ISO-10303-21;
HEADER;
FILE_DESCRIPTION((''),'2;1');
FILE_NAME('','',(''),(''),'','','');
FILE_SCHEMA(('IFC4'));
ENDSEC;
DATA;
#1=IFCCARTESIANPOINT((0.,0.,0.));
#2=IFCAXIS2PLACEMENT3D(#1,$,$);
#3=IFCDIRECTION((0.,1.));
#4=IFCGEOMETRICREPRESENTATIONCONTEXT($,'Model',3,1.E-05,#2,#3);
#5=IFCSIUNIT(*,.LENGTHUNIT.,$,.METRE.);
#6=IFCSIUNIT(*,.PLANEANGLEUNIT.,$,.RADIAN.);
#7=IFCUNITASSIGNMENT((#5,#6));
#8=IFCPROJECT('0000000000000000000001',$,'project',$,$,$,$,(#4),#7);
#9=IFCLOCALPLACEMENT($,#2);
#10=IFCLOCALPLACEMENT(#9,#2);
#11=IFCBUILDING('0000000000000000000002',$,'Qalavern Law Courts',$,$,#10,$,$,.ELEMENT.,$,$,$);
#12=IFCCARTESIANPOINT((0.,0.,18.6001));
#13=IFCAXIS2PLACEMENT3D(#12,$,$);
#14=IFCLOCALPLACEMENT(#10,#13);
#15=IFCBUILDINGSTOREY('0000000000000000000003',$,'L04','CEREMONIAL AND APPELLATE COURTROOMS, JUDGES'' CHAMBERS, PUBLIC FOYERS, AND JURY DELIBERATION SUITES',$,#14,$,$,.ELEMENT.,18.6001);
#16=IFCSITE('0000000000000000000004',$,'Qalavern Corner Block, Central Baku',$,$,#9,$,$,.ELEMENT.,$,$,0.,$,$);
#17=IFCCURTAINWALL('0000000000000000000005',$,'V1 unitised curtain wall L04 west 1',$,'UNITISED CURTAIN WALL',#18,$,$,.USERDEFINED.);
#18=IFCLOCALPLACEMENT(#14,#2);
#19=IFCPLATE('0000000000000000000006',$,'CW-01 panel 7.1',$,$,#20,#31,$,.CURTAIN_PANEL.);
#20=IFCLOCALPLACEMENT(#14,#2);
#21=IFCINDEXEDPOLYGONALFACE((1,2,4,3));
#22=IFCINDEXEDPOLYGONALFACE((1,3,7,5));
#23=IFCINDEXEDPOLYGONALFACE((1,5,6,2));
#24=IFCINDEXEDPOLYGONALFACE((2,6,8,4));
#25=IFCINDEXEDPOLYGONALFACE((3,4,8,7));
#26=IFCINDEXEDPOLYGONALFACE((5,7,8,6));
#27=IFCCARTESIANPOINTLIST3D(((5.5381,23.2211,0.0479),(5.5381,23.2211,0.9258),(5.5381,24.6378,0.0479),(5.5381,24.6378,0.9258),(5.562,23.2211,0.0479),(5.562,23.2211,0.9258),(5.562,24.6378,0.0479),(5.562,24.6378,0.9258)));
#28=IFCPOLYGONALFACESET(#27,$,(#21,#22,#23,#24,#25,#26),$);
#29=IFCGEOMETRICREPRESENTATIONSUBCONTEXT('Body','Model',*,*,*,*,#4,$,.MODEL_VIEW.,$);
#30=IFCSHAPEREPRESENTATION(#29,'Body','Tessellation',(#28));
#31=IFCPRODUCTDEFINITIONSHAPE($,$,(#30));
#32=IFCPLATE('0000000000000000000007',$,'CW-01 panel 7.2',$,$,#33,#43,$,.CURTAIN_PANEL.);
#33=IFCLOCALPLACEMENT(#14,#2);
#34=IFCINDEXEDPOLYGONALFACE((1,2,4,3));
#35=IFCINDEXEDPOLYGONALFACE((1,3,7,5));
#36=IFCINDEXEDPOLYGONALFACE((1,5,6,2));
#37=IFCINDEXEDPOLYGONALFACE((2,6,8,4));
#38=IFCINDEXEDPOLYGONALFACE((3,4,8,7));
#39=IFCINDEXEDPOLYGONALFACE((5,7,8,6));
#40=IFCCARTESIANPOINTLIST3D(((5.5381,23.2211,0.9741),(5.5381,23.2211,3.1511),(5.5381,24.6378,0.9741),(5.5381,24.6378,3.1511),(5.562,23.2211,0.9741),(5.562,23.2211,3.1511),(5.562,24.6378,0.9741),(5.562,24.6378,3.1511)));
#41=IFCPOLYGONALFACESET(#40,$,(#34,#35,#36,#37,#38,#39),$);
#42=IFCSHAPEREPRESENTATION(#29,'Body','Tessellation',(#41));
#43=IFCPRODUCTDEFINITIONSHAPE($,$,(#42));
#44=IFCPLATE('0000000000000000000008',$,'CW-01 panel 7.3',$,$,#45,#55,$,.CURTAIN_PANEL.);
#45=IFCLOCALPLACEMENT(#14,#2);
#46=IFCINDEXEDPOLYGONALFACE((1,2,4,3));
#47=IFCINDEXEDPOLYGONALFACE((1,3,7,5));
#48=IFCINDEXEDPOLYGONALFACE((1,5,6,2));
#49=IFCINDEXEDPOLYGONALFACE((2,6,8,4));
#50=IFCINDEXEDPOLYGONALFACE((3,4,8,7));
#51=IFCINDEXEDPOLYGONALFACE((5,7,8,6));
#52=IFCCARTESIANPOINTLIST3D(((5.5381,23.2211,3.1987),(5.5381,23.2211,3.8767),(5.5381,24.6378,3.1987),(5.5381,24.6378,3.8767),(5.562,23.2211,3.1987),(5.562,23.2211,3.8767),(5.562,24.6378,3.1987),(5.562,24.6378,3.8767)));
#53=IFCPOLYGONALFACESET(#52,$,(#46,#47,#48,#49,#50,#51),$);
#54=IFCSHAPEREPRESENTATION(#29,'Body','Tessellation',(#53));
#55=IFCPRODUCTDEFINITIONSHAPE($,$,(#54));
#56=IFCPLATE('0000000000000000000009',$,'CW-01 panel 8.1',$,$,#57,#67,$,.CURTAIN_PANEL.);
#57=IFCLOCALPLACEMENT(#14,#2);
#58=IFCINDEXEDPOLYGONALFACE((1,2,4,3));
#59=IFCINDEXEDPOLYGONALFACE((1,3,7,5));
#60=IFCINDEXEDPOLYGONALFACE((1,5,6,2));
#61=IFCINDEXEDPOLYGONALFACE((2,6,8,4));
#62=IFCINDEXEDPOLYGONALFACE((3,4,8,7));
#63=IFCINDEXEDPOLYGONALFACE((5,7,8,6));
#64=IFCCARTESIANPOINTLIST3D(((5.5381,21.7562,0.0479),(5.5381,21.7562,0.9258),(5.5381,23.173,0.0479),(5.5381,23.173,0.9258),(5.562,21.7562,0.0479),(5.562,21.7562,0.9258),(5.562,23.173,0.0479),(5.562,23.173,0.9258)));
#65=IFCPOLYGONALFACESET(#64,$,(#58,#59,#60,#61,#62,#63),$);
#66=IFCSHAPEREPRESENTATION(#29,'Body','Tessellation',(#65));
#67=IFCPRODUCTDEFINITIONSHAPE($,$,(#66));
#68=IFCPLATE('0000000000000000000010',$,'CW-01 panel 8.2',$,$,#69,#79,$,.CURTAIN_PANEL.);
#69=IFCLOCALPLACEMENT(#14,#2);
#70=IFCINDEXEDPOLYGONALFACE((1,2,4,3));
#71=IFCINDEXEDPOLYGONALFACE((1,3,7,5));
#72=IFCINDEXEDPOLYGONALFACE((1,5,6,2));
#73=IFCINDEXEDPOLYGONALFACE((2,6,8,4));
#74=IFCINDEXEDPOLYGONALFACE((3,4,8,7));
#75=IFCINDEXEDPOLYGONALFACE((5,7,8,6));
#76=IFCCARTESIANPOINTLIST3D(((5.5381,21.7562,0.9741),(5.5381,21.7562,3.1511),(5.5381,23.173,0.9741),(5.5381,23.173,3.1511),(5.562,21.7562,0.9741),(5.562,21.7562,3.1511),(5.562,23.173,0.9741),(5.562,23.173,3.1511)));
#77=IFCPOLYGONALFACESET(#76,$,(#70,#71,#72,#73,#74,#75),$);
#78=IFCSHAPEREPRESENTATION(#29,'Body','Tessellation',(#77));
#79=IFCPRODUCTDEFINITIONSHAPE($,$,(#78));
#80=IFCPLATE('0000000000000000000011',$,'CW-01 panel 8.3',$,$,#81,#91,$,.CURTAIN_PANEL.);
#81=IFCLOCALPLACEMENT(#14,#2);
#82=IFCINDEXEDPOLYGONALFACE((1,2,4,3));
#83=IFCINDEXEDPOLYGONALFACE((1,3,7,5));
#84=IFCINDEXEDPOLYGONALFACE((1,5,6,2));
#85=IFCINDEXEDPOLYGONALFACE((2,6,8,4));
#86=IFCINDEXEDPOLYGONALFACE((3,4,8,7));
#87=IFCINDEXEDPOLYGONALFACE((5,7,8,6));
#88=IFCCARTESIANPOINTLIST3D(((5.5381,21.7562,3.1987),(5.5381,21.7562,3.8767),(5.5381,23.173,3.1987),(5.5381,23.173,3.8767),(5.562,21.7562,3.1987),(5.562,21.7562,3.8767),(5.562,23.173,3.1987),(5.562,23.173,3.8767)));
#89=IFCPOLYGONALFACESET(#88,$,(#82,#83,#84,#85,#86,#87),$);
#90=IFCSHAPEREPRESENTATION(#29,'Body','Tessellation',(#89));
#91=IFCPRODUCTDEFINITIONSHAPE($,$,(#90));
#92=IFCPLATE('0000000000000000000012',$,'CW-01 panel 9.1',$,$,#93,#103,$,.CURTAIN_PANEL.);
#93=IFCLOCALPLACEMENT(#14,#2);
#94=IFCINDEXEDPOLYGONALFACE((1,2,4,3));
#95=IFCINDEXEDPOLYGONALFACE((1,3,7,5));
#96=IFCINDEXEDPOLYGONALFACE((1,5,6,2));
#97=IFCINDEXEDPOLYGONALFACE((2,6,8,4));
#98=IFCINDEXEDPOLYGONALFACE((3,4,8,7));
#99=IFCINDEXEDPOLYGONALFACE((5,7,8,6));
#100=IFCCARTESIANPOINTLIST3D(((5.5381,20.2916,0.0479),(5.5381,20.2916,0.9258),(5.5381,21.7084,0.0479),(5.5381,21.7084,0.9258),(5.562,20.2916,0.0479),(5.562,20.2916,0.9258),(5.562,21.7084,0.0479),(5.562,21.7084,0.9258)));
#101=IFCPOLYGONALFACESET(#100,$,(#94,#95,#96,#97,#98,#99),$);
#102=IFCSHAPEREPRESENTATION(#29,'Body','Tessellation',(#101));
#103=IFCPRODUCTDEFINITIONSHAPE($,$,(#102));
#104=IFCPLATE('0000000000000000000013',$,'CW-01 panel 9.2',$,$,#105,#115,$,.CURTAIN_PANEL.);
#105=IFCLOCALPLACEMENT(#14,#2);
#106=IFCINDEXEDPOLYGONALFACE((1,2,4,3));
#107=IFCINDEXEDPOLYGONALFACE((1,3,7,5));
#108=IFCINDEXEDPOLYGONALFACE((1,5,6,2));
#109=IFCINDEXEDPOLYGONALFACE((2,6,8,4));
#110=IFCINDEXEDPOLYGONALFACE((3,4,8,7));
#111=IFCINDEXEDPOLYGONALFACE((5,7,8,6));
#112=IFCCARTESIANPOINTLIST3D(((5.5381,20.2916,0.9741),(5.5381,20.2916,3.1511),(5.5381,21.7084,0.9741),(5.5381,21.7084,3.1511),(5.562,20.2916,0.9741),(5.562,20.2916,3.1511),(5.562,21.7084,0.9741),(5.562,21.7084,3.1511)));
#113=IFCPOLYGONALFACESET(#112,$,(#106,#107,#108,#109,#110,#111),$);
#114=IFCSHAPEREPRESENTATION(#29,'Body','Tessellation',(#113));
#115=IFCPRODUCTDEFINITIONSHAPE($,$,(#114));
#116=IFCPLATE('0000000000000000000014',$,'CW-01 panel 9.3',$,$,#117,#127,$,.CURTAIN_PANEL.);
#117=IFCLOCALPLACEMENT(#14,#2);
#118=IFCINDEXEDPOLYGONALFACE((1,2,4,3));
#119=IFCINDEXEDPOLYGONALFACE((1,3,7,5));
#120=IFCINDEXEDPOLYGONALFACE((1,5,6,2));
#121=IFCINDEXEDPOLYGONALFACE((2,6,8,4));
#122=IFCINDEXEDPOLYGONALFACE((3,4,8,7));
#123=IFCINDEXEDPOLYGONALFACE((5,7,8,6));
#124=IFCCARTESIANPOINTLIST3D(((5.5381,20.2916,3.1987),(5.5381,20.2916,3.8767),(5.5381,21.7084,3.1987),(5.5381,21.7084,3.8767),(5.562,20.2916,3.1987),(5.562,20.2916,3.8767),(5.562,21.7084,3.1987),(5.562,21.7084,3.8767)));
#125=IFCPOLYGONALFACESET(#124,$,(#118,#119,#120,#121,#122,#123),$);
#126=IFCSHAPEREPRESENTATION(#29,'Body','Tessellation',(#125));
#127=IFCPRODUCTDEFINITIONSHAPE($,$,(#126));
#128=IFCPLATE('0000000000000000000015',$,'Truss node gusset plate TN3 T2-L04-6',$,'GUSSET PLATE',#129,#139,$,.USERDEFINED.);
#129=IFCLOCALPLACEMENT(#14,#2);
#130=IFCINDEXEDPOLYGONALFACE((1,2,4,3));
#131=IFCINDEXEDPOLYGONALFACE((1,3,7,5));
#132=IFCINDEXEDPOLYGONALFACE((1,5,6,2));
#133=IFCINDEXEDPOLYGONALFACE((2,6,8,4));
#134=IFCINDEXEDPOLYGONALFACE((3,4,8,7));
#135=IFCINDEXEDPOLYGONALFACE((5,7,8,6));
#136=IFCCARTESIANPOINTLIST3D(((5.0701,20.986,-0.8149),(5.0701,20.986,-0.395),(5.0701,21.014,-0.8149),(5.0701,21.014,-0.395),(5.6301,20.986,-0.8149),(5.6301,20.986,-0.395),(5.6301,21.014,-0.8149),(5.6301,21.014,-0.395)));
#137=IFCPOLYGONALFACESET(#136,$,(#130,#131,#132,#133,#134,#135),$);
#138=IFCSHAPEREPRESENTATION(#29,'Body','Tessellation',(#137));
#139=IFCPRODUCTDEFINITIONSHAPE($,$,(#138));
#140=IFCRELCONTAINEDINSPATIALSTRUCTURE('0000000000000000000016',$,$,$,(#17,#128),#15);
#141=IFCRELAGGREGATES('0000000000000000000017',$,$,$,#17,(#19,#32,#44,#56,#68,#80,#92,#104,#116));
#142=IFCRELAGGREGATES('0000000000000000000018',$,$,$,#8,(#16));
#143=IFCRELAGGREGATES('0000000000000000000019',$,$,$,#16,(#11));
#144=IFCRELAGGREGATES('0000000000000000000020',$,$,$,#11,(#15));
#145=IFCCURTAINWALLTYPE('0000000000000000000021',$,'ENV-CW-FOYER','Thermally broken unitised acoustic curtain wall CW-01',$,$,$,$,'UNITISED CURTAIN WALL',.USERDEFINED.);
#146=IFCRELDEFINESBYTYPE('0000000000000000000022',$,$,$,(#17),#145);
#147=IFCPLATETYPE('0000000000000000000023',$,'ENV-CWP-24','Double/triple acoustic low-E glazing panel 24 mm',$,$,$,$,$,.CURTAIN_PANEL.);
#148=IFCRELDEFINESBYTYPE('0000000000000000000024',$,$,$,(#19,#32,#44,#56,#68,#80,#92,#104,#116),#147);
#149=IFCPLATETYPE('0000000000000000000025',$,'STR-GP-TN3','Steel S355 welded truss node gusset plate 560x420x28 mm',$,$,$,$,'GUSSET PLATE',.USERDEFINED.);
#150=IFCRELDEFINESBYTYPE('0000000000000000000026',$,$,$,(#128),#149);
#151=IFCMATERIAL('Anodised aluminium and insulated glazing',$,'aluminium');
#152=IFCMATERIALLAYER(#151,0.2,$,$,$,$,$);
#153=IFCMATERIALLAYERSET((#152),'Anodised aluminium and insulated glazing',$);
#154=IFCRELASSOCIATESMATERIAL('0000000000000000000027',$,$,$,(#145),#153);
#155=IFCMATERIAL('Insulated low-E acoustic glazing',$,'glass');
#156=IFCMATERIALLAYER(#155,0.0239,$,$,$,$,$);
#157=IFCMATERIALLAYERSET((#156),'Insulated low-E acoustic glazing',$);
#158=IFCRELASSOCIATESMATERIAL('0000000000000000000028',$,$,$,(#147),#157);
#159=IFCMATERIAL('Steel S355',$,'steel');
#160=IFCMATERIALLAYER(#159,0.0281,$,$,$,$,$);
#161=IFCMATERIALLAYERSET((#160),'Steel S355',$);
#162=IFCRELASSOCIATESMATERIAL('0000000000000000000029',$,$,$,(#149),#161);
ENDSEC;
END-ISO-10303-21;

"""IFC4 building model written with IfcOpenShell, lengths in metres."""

from ifc_helpers import new_model, si_unit, direction, frame, origin, origin_2d, place, context, subcontext, project, spatial, rectangle, extrude, material, layer, layer_set, type_object, element, aggregate, save


model = new_model("IFC4")

# Units and contexts
model_context = context("Model", 3, precision=1e-05, world=origin(), true_north=direction((0.0, 1.0)))
body_context = subcontext(model_context, "Body", "Model", "MODEL_VIEW")
ifc_project = project(units=[si_unit("LENGTHUNIT", "METRE"), si_unit("PLANEANGLEUNIT", "RADIAN")], contexts=[model_context])

# Site, building, storey
site_placement = place(None, origin())
site = spatial("IfcSite", under=ifc_project, at=site_placement, Name="Qalavern Corner Block, Central Baku", CompositionType="ELEMENT", RefElevation=0.0)
building_placement = place(site_placement, origin())
building = spatial("IfcBuilding", under=site, at=building_placement, Name="Qalavern Law Courts", CompositionType="ELEMENT")
storey_placement = place(building_placement, frame((0.0, 0.0, 18.6001)))
storey = spatial("IfcBuildingStorey", under=building, at=storey_placement, Name="L04", Description="CEREMONIAL AND APPELLATE COURTROOMS, JUDGES' CHAMBERS, PUBLIC FOYERS, AND JURY DELIBERATION SUITES", CompositionType="ELEMENT", Elevation=18.6001)

# Curtain wall
ifc_material_1 = material(Name="Anodised aluminium and insulated glazing", Category="aluminium")
ifc_layer_1 = layer(ifc_material_1, 0.2)
ifc_layer_set_1 = layer_set([ifc_layer_1], Name="Anodised aluminium and insulated glazing")
curtain_wall_type = type_object("IfcCurtainWallType", Name="ENV-CW-FOYER", Description="Thermally broken unitised acoustic curtain wall CW-01", ElementType="UNITISED CURTAIN WALL", PredefinedType="USERDEFINED", material=ifc_layer_set_1)
curtain_wall_placement = place(storey_placement, origin())
curtain_wall = element("IfcCurtainWall", 1, at=curtain_wall_placement, inside=storey, type_object=curtain_wall_type, Name="V1 unitised curtain wall L04 west 1", ObjectType="UNITISED CURTAIN WALL", PredefinedType="USERDEFINED")

# Shared definitions
ifc_material_2 = material(Name="Steel S355", Category="steel")

# Plates
ifc_material_3 = material(Name="Insulated low-E acoustic glazing", Category="glass")
ifc_layer_2 = layer(ifc_material_3, 0.0239)
ifc_layer_set_2 = layer_set([ifc_layer_2], Name="Insulated low-E acoustic glazing")
plate_type_1 = type_object("IfcPlateType", Name="ENV-CWP-24", Description="Double/triple acoustic low-E glazing panel 24 mm", PredefinedType="CURTAIN_PANEL", material=ifc_layer_set_2)
plate_1_placement = place(storey_placement, frame((5.55, 23.9294, 0.0479), z_axis=(0.0, 0.0, 1.0), x_axis=(0.0, -1.0, 0.0)))
plate_1 = element("IfcPlate", 2, at=plate_1_placement, type_object=plate_type_1, Name="CW-01 panel 7.1", PredefinedType="CURTAIN_PANEL", context=body_context, shape_type="SweptSolid", body=[
    extrude(rectangle(XDim=1.4167, YDim=0.0239, at=origin_2d()), origin(), (0.0, 0.0, 1.0), 0.8779),
])
plate_2_placement = place(storey_placement, frame((5.55, 23.9294, 0.9741), z_axis=(0.0, 0.0, 1.0), x_axis=(0.0, -1.0, 0.0)))
plate_2 = element("IfcPlate", 3, at=plate_2_placement, type_object=plate_type_1, Name="CW-01 panel 7.2", PredefinedType="CURTAIN_PANEL", context=body_context, shape_type="SweptSolid", body=[
    extrude(rectangle(XDim=1.4167, YDim=0.0239, at=origin_2d()), origin(), (0.0, 0.0, 1.0), 2.177),
])
plate_3_placement = place(storey_placement, frame((5.55, 23.9294, 3.1987), z_axis=(0.0, 0.0, 1.0), x_axis=(0.0, -1.0, 0.0)))
plate_3 = element("IfcPlate", 4, at=plate_3_placement, type_object=plate_type_1, Name="CW-01 panel 7.3", PredefinedType="CURTAIN_PANEL", context=body_context, shape_type="SweptSolid", body=[
    extrude(rectangle(XDim=1.4167, YDim=0.0239, at=origin_2d()), origin(), (0.0, 0.0, 1.0), 0.678),
])
plate_4_placement = place(storey_placement, frame((5.55, 22.4646, 0.0479), z_axis=(0.0, 0.0, 1.0), x_axis=(0.0, -1.0, 0.0)))
plate_4 = element("IfcPlate", 5, at=plate_4_placement, type_object=plate_type_1, Name="CW-01 panel 8.1", PredefinedType="CURTAIN_PANEL", context=body_context, shape_type="SweptSolid", body=[
    extrude(rectangle(XDim=1.4167, YDim=0.0239, at=origin_2d()), origin(), (0.0, 0.0, 1.0), 0.8779),
])
plate_5_placement = place(storey_placement, frame((5.55, 22.4646, 0.9741), z_axis=(0.0, 0.0, 1.0), x_axis=(0.0, -1.0, 0.0)))
plate_5 = element("IfcPlate", 6, at=plate_5_placement, type_object=plate_type_1, Name="CW-01 panel 8.2", PredefinedType="CURTAIN_PANEL", context=body_context, shape_type="SweptSolid", body=[
    extrude(rectangle(XDim=1.4167, YDim=0.0239, at=origin_2d()), origin(), (0.0, 0.0, 1.0), 2.177),
])
plate_6_placement = place(storey_placement, frame((5.55, 22.4646, 3.1987), z_axis=(0.0, 0.0, 1.0), x_axis=(0.0, -1.0, 0.0)))
plate_6 = element("IfcPlate", 7, at=plate_6_placement, type_object=plate_type_1, Name="CW-01 panel 8.3", PredefinedType="CURTAIN_PANEL", context=body_context, shape_type="SweptSolid", body=[
    extrude(rectangle(XDim=1.4167, YDim=0.0239, at=origin_2d()), origin(), (0.0, 0.0, 1.0), 0.678),
])
plate_7_placement = place(storey_placement, frame((5.55, 21.0, 0.0479), z_axis=(0.0, 0.0, 1.0), x_axis=(0.0, -1.0, 0.0)))
plate_7 = element("IfcPlate", 8, at=plate_7_placement, type_object=plate_type_1, Name="CW-01 panel 9.1", PredefinedType="CURTAIN_PANEL", context=body_context, shape_type="SweptSolid", body=[
    extrude(rectangle(XDim=1.4167, YDim=0.0239, at=origin_2d()), origin(), (0.0, 0.0, 1.0), 0.8779),
])
plate_8_placement = place(storey_placement, frame((5.55, 21.0, 0.9741), z_axis=(0.0, 0.0, 1.0), x_axis=(0.0, -1.0, 0.0)))
plate_8 = element("IfcPlate", 9, at=plate_8_placement, type_object=plate_type_1, Name="CW-01 panel 9.2", PredefinedType="CURTAIN_PANEL", context=body_context, shape_type="SweptSolid", body=[
    extrude(rectangle(XDim=1.4167, YDim=0.0239, at=origin_2d()), origin(), (0.0, 0.0, 1.0), 2.177),
])
plate_9_placement = place(storey_placement, frame((5.55, 21.0, 3.1987), z_axis=(0.0, 0.0, 1.0), x_axis=(0.0, -1.0, 0.0)))
plate_9 = element("IfcPlate", 10, at=plate_9_placement, type_object=plate_type_1, Name="CW-01 panel 9.3", PredefinedType="CURTAIN_PANEL", context=body_context, shape_type="SweptSolid", body=[
    extrude(rectangle(XDim=1.4167, YDim=0.0239, at=origin_2d()), origin(), (0.0, 0.0, 1.0), 0.678),
])
aggregate(curtain_wall, [plate_1, plate_2, plate_3, plate_4, plate_5, plate_6, plate_7, plate_8, plate_9])
ifc_layer_3 = layer(ifc_material_2, 0.0281)
ifc_layer_set_3 = layer_set([ifc_layer_3], Name="Steel S355")
plate_type_2 = type_object("IfcPlateType", Name="STR-GP-TN3", Description="Steel S355 welded truss node gusset plate 560x420x28 mm", ElementType="GUSSET PLATE", PredefinedType="USERDEFINED", material=ifc_layer_set_3)
plate_10_placement = place(storey_placement, frame((5.3501, 21.0, -0.8149), z_axis=(0.0, 0.0, 1.0), x_axis=(1.0, 0.0, 0.0)))
element("IfcPlate", 11, at=plate_10_placement, inside=storey, type_object=plate_type_2, Name="Truss node gusset plate TN3 T2-L04-6", ObjectType="GUSSET PLATE", PredefinedType="USERDEFINED", context=body_context, shape_type="SweptSolid", body=[
    extrude(rectangle(XDim=0.5601, YDim=0.0281, at=origin_2d()), origin(), (0.0, 0.0, 1.0), 0.4199),
])

save(model, "model.ifc")
